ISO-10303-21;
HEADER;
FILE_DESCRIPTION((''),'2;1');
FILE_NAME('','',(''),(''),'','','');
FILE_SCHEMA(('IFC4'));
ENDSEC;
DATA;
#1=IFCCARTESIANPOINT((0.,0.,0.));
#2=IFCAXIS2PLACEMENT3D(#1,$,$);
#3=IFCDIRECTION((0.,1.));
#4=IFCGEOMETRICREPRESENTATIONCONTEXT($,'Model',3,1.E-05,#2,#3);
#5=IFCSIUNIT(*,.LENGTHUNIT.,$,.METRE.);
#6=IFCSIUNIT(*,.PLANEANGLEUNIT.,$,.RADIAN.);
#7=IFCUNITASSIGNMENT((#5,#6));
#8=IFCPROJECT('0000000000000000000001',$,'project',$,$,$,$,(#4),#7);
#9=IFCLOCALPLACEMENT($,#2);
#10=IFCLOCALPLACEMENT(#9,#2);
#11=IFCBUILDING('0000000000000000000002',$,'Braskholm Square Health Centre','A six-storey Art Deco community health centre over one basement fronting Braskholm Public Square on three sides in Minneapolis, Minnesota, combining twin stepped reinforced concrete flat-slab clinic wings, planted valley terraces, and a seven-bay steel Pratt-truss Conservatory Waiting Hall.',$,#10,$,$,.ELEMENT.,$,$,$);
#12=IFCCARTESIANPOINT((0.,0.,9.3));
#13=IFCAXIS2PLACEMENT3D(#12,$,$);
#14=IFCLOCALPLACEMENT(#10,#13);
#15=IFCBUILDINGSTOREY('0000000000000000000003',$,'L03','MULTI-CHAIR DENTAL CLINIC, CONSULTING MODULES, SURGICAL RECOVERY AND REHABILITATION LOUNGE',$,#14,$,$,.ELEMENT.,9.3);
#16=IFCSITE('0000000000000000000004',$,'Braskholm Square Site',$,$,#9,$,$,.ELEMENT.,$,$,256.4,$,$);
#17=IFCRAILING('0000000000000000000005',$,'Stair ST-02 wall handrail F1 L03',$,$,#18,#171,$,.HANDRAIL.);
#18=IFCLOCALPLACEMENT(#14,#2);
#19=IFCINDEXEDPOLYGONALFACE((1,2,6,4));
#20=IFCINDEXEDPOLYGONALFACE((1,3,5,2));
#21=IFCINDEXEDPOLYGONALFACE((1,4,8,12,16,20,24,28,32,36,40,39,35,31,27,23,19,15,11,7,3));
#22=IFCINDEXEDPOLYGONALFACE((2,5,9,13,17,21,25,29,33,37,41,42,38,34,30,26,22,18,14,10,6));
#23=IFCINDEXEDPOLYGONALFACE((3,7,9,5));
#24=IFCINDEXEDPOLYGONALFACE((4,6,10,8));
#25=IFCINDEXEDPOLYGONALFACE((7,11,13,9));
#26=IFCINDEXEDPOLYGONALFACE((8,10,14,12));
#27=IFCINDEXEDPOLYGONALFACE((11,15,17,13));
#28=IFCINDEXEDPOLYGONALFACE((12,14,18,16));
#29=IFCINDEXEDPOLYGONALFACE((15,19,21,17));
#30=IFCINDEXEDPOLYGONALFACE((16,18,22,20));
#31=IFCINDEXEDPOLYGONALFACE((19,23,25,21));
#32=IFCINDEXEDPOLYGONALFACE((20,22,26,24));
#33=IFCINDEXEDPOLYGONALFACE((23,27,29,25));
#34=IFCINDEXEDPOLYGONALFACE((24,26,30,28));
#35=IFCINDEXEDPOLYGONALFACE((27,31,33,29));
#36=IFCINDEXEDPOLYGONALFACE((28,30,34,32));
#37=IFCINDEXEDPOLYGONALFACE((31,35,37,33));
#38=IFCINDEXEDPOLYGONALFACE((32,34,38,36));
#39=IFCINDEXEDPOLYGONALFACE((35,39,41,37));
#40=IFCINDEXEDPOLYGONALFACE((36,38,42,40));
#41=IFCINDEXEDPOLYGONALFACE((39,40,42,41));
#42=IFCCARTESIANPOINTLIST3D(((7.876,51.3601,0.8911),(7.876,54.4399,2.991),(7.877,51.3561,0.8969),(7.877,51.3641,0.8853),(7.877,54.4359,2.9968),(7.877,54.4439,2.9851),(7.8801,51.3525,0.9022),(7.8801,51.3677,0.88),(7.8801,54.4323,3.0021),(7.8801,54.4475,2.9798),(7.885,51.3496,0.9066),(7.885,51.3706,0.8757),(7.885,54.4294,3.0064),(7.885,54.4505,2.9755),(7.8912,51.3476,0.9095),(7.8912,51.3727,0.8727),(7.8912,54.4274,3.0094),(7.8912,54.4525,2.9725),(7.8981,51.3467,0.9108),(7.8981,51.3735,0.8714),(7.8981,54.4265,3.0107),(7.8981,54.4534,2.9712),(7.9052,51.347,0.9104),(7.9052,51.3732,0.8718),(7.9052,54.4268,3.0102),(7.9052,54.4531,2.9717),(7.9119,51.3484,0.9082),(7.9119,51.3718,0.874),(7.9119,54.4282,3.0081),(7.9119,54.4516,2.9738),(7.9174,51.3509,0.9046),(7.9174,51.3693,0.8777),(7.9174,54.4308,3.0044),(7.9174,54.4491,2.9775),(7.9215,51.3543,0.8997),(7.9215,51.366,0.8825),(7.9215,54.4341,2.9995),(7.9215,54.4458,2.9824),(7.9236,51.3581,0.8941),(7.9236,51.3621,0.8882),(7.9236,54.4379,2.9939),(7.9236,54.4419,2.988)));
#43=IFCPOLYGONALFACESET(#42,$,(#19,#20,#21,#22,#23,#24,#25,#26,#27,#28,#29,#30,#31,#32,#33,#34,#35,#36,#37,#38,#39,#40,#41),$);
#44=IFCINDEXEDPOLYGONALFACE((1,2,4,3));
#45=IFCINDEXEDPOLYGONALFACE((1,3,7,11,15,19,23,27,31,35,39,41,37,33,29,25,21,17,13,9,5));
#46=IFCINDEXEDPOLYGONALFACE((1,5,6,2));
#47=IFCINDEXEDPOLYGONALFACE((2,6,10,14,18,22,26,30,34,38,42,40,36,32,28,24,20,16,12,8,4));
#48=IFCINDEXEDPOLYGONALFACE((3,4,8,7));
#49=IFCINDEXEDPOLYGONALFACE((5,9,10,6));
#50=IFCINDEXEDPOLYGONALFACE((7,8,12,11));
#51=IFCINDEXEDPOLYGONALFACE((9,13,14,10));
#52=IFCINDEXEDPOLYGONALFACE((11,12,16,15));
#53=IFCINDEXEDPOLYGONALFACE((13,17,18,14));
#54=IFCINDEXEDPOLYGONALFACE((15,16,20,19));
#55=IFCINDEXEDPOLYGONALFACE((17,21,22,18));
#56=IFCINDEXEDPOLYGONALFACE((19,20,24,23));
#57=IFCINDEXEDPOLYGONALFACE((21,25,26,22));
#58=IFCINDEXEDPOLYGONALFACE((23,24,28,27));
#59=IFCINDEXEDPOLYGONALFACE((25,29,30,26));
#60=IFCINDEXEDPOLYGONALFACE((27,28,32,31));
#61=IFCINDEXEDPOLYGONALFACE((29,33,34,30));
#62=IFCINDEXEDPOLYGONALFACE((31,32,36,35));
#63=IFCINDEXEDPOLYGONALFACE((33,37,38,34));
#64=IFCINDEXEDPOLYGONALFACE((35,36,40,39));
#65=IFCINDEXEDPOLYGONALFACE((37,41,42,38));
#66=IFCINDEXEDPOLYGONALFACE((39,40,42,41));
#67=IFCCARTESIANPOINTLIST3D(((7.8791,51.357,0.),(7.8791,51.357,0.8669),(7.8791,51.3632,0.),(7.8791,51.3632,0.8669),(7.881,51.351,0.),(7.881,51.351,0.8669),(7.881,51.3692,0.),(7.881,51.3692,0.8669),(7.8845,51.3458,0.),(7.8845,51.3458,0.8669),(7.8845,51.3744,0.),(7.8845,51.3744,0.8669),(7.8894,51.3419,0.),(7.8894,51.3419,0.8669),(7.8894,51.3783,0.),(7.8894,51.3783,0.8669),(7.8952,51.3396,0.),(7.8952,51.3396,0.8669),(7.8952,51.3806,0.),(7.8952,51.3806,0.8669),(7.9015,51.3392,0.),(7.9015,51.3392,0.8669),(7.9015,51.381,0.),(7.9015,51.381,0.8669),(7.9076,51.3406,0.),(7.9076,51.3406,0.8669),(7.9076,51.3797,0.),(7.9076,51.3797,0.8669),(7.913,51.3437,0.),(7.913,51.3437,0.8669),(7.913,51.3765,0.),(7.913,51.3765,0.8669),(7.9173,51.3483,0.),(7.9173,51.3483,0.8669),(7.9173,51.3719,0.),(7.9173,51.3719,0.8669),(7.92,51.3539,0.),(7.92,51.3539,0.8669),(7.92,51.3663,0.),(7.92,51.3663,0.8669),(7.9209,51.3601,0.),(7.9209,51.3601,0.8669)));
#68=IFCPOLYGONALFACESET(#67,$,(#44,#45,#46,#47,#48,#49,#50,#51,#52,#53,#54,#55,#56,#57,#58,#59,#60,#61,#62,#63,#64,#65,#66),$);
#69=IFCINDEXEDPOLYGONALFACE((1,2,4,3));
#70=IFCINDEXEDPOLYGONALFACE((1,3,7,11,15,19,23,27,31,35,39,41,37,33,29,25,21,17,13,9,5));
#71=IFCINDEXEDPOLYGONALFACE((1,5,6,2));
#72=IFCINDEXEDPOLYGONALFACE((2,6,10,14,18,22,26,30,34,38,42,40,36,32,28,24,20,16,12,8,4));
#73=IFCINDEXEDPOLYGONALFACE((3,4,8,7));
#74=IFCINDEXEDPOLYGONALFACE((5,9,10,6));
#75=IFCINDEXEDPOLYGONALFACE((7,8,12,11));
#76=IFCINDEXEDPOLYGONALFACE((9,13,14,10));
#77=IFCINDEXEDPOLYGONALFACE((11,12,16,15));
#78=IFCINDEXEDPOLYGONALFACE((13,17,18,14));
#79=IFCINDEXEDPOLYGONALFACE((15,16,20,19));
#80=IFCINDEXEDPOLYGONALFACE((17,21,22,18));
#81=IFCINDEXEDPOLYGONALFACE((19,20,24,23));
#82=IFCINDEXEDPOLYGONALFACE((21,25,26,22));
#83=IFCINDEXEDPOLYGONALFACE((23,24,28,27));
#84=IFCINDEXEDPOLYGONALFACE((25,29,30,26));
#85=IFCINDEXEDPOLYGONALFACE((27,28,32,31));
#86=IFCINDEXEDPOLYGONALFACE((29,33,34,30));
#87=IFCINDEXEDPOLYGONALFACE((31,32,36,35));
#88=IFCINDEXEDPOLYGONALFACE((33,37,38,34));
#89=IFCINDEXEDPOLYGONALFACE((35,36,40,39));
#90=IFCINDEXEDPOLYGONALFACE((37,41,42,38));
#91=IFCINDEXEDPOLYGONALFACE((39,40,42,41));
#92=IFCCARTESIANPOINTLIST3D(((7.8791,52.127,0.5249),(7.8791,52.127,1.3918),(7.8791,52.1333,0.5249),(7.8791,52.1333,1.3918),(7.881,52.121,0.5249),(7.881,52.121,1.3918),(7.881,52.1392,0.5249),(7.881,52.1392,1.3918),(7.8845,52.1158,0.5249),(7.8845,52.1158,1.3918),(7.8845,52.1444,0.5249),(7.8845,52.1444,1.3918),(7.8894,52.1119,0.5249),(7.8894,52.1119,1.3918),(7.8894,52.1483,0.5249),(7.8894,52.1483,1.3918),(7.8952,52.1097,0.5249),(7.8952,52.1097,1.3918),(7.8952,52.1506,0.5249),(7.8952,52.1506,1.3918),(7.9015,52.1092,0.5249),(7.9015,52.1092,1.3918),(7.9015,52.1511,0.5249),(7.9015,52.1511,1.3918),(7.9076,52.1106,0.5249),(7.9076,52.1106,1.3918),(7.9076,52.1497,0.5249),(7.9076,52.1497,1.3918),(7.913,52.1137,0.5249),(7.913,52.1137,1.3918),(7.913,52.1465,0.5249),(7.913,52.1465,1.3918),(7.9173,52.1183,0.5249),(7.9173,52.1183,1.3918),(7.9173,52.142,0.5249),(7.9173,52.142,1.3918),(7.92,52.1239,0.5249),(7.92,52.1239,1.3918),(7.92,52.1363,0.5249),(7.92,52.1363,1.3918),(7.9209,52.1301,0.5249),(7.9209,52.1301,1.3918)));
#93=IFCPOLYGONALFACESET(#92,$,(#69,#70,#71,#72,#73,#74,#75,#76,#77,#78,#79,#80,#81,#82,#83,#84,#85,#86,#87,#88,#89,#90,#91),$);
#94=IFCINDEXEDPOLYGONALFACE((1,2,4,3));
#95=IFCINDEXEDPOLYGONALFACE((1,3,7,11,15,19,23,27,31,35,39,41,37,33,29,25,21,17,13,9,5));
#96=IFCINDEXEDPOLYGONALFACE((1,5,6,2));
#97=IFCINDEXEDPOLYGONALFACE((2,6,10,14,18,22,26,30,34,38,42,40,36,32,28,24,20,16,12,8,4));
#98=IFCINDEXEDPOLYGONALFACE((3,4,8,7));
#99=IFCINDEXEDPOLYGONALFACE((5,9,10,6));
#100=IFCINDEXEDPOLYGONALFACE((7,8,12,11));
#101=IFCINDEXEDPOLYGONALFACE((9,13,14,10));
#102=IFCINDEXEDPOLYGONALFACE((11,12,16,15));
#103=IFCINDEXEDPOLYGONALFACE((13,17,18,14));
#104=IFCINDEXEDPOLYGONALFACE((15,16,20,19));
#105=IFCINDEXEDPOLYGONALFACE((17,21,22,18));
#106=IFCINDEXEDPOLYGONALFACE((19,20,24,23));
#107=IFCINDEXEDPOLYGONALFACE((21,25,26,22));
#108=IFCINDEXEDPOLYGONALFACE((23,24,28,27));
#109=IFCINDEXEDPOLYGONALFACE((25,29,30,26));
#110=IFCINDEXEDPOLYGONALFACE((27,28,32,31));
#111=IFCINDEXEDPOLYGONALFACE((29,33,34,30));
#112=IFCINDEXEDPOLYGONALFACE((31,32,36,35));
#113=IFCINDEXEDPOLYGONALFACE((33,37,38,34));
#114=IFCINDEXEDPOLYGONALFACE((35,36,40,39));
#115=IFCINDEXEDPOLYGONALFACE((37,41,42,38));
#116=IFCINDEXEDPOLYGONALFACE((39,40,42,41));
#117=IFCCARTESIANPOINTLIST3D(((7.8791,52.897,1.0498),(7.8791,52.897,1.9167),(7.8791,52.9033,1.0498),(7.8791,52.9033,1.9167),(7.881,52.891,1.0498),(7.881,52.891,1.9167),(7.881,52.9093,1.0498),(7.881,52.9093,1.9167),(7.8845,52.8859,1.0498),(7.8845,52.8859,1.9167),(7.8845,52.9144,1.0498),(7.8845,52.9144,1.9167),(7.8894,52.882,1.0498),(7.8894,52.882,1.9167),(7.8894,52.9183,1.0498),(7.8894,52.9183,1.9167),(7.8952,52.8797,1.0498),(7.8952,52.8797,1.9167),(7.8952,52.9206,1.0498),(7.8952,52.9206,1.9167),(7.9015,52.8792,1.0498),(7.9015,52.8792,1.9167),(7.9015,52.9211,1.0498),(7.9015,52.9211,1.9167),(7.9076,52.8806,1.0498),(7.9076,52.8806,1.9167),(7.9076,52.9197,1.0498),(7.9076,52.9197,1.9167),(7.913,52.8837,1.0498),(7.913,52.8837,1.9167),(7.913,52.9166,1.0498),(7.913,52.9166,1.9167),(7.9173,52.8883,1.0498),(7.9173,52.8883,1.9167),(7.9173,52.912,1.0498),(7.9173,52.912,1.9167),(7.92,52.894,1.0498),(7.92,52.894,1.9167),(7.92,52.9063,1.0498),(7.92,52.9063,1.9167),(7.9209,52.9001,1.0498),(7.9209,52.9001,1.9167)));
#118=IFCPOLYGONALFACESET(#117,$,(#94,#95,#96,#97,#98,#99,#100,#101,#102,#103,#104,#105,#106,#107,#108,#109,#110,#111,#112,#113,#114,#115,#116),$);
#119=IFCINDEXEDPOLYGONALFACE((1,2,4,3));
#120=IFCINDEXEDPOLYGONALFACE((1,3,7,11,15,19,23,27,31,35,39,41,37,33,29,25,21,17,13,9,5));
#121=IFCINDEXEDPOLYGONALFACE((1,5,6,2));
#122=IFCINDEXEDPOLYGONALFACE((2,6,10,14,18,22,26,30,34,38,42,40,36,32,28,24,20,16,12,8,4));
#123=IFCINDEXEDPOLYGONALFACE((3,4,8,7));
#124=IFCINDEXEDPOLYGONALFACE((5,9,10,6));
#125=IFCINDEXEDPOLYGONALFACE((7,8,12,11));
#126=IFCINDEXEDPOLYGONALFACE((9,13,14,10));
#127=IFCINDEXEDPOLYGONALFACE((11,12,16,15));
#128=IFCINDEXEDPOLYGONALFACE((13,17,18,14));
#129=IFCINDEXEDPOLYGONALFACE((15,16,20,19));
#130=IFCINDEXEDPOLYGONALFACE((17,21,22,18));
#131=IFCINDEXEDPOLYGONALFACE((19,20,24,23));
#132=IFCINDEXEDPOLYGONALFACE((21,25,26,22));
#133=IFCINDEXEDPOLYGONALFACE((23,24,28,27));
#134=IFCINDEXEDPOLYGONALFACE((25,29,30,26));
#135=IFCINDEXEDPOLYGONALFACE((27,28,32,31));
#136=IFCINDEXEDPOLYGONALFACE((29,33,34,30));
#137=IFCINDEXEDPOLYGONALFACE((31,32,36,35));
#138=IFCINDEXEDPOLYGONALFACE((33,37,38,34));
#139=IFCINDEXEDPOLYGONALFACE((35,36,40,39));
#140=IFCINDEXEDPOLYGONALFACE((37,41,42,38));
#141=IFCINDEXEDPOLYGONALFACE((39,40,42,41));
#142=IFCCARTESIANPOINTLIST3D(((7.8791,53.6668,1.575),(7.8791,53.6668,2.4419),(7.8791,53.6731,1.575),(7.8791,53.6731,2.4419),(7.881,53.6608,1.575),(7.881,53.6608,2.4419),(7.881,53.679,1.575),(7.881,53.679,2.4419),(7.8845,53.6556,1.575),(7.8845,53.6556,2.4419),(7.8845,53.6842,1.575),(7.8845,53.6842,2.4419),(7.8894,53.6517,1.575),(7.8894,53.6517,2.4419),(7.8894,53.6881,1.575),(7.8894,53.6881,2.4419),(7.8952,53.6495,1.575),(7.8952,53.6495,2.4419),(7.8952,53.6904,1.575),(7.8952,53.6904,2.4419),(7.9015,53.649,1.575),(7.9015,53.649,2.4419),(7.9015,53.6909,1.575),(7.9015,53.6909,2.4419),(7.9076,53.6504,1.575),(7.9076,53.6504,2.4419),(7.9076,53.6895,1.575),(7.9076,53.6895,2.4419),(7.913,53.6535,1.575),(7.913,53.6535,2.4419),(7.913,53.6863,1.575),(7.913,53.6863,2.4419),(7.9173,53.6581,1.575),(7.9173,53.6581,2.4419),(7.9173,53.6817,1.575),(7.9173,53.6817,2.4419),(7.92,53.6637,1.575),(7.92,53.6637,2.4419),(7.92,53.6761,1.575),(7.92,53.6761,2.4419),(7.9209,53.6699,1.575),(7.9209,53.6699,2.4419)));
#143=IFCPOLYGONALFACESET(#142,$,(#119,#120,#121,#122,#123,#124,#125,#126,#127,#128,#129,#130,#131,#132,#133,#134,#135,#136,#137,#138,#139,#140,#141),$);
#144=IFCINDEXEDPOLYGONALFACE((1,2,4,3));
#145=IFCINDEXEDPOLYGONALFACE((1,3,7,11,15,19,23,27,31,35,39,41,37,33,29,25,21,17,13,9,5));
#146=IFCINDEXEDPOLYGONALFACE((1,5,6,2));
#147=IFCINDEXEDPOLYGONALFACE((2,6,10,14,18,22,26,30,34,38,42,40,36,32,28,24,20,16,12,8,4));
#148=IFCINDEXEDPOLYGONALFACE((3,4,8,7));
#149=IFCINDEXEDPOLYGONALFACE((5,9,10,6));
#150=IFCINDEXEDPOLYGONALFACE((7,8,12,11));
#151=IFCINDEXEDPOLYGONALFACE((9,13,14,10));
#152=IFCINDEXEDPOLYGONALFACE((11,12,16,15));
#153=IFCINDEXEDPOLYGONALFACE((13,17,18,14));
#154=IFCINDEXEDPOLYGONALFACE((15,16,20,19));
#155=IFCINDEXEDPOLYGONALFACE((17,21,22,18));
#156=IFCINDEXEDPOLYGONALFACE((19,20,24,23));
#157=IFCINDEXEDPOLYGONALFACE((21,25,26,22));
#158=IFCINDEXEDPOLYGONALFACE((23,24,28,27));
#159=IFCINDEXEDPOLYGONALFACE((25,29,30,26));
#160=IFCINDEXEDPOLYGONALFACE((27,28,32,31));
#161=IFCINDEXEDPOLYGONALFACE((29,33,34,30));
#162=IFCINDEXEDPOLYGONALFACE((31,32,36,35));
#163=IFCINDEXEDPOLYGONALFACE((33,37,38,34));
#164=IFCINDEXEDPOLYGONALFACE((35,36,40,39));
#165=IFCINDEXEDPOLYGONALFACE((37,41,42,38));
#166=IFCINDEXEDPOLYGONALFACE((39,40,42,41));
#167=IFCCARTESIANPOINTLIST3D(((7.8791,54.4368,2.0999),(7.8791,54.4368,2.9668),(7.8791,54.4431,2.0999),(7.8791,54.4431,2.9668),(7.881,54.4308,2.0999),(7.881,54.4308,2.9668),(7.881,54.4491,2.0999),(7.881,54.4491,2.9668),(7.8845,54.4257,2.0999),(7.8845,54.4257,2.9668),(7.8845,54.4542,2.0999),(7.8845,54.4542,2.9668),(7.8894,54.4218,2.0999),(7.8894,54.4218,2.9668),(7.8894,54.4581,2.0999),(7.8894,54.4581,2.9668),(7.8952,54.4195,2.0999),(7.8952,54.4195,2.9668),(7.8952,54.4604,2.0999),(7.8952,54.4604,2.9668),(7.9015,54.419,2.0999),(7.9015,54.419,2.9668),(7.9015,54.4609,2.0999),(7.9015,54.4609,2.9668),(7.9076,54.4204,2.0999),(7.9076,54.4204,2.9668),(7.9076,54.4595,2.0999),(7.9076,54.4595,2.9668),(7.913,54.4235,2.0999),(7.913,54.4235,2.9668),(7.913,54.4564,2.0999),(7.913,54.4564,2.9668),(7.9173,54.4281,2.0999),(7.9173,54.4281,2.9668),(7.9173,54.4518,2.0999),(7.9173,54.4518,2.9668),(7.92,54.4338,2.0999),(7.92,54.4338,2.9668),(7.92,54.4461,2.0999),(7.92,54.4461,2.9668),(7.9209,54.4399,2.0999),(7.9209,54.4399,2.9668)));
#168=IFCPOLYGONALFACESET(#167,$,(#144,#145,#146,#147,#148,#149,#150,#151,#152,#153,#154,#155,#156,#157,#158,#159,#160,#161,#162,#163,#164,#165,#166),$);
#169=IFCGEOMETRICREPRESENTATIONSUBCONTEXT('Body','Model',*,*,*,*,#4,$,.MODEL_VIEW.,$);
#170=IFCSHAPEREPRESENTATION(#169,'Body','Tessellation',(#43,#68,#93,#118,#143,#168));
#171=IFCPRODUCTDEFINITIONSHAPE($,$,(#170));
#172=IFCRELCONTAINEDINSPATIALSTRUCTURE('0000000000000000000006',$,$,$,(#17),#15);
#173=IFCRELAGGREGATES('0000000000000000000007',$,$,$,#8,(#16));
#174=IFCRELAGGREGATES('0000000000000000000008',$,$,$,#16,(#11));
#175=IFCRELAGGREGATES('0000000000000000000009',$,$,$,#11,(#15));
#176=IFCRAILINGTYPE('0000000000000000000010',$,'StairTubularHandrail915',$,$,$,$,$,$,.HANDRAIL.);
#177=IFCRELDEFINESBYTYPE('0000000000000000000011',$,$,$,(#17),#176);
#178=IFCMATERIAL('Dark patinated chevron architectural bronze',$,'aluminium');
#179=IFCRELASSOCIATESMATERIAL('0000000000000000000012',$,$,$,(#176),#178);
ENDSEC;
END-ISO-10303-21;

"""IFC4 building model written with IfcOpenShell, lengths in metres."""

from ifc_helpers import new_model, si_unit, direction, frame, origin, origin_2d, place, context, subcontext, project, spatial, circle, extrude, material, type_object, element, save


model = new_model("IFC4")

# Units and contexts
model_context = context("Model", 3, precision=1e-05, world=origin(), true_north=direction((0.0, 1.0)))
body_context = subcontext(model_context, "Body", "Model", "MODEL_VIEW")
ifc_project = project(units=[si_unit("LENGTHUNIT", "METRE"), si_unit("PLANEANGLEUNIT", "RADIAN")], contexts=[model_context])

# Site, building, storey
site_placement = place(None, origin())
site = spatial("IfcSite", under=ifc_project, at=site_placement, Name="Braskholm Square Site", CompositionType="ELEMENT", RefElevation=256.4)
building_placement = place(site_placement, origin())
building = spatial("IfcBuilding", under=site, at=building_placement, Name="Braskholm Square Health Centre", Description="A six-storey Art Deco community health centre over one basement fronting Braskholm Public Square on three sides in Minneapolis, Minnesota, combining twin stepped reinforced concrete flat-slab clinic wings, planted valley terraces, and a seven-bay steel Pratt-truss Conservatory Waiting Hall.", CompositionType="ELEMENT")
storey_placement = place(building_placement, frame((0.0, 0.0, 9.3)))
storey = spatial("IfcBuildingStorey", under=building, at=storey_placement, Name="L03", Description="MULTI-CHAIR DENTAL CLINIC, CONSULTING MODULES, SURGICAL RECOVERY AND REHABILITATION LOUNGE", CompositionType="ELEMENT", Elevation=9.3)

# Railing
ifc_material_1 = material(Name="Dark patinated chevron architectural bronze", Category="aluminium")
railing_type_1 = type_object("IfcRailingType", Name="StairTubularHandrail915", PredefinedType="HANDRAIL", material=ifc_material_1)
railing_1_placement = place(storey_placement, frame((7.8999, 51.3601, 0.0)))
element("IfcRailing", 1, at=railing_1_placement, inside=storey, type_object=railing_type_1, Name="Stair ST-02 wall handrail F1 L03", PredefinedType="HANDRAIL", context=body_context, shape_type="SweptSolid", body=[
    extrude(circle(Radius=0.0239, at=origin_2d()), frame((0.0, 0.0, 0.8911), z_axis=(0.0, 0.826231, 0.563331), x_axis=(-1.0, 0.0, 0.0)), (0.0, 0.0, 1.0), 3.7275),
    extrude(circle(Radius=0.021, at=origin_2d()), origin(), (0.0, 0.0, 1.0), 0.8669),
    extrude(circle(Radius=0.021, at=origin_2d()), frame((0.0, 0.77, 0.5249)), (0.0, 0.0, 1.0), 0.8669),
    extrude(circle(Radius=0.021, at=origin_2d()), frame((0.0, 1.54, 1.0498)), (0.0, 0.0, 1.0), 0.8669),
    extrude(circle(Radius=0.021, at=origin_2d()), frame((0.0, 2.3098, 1.575)), (0.0, 0.0, 1.0), 0.8669),
    extrude(circle(Radius=0.021, at=origin_2d()), frame((0.0, 3.0798, 2.0999)), (0.0, 0.0, 1.0), 0.8669),
])

save(model, "model.ifc")
